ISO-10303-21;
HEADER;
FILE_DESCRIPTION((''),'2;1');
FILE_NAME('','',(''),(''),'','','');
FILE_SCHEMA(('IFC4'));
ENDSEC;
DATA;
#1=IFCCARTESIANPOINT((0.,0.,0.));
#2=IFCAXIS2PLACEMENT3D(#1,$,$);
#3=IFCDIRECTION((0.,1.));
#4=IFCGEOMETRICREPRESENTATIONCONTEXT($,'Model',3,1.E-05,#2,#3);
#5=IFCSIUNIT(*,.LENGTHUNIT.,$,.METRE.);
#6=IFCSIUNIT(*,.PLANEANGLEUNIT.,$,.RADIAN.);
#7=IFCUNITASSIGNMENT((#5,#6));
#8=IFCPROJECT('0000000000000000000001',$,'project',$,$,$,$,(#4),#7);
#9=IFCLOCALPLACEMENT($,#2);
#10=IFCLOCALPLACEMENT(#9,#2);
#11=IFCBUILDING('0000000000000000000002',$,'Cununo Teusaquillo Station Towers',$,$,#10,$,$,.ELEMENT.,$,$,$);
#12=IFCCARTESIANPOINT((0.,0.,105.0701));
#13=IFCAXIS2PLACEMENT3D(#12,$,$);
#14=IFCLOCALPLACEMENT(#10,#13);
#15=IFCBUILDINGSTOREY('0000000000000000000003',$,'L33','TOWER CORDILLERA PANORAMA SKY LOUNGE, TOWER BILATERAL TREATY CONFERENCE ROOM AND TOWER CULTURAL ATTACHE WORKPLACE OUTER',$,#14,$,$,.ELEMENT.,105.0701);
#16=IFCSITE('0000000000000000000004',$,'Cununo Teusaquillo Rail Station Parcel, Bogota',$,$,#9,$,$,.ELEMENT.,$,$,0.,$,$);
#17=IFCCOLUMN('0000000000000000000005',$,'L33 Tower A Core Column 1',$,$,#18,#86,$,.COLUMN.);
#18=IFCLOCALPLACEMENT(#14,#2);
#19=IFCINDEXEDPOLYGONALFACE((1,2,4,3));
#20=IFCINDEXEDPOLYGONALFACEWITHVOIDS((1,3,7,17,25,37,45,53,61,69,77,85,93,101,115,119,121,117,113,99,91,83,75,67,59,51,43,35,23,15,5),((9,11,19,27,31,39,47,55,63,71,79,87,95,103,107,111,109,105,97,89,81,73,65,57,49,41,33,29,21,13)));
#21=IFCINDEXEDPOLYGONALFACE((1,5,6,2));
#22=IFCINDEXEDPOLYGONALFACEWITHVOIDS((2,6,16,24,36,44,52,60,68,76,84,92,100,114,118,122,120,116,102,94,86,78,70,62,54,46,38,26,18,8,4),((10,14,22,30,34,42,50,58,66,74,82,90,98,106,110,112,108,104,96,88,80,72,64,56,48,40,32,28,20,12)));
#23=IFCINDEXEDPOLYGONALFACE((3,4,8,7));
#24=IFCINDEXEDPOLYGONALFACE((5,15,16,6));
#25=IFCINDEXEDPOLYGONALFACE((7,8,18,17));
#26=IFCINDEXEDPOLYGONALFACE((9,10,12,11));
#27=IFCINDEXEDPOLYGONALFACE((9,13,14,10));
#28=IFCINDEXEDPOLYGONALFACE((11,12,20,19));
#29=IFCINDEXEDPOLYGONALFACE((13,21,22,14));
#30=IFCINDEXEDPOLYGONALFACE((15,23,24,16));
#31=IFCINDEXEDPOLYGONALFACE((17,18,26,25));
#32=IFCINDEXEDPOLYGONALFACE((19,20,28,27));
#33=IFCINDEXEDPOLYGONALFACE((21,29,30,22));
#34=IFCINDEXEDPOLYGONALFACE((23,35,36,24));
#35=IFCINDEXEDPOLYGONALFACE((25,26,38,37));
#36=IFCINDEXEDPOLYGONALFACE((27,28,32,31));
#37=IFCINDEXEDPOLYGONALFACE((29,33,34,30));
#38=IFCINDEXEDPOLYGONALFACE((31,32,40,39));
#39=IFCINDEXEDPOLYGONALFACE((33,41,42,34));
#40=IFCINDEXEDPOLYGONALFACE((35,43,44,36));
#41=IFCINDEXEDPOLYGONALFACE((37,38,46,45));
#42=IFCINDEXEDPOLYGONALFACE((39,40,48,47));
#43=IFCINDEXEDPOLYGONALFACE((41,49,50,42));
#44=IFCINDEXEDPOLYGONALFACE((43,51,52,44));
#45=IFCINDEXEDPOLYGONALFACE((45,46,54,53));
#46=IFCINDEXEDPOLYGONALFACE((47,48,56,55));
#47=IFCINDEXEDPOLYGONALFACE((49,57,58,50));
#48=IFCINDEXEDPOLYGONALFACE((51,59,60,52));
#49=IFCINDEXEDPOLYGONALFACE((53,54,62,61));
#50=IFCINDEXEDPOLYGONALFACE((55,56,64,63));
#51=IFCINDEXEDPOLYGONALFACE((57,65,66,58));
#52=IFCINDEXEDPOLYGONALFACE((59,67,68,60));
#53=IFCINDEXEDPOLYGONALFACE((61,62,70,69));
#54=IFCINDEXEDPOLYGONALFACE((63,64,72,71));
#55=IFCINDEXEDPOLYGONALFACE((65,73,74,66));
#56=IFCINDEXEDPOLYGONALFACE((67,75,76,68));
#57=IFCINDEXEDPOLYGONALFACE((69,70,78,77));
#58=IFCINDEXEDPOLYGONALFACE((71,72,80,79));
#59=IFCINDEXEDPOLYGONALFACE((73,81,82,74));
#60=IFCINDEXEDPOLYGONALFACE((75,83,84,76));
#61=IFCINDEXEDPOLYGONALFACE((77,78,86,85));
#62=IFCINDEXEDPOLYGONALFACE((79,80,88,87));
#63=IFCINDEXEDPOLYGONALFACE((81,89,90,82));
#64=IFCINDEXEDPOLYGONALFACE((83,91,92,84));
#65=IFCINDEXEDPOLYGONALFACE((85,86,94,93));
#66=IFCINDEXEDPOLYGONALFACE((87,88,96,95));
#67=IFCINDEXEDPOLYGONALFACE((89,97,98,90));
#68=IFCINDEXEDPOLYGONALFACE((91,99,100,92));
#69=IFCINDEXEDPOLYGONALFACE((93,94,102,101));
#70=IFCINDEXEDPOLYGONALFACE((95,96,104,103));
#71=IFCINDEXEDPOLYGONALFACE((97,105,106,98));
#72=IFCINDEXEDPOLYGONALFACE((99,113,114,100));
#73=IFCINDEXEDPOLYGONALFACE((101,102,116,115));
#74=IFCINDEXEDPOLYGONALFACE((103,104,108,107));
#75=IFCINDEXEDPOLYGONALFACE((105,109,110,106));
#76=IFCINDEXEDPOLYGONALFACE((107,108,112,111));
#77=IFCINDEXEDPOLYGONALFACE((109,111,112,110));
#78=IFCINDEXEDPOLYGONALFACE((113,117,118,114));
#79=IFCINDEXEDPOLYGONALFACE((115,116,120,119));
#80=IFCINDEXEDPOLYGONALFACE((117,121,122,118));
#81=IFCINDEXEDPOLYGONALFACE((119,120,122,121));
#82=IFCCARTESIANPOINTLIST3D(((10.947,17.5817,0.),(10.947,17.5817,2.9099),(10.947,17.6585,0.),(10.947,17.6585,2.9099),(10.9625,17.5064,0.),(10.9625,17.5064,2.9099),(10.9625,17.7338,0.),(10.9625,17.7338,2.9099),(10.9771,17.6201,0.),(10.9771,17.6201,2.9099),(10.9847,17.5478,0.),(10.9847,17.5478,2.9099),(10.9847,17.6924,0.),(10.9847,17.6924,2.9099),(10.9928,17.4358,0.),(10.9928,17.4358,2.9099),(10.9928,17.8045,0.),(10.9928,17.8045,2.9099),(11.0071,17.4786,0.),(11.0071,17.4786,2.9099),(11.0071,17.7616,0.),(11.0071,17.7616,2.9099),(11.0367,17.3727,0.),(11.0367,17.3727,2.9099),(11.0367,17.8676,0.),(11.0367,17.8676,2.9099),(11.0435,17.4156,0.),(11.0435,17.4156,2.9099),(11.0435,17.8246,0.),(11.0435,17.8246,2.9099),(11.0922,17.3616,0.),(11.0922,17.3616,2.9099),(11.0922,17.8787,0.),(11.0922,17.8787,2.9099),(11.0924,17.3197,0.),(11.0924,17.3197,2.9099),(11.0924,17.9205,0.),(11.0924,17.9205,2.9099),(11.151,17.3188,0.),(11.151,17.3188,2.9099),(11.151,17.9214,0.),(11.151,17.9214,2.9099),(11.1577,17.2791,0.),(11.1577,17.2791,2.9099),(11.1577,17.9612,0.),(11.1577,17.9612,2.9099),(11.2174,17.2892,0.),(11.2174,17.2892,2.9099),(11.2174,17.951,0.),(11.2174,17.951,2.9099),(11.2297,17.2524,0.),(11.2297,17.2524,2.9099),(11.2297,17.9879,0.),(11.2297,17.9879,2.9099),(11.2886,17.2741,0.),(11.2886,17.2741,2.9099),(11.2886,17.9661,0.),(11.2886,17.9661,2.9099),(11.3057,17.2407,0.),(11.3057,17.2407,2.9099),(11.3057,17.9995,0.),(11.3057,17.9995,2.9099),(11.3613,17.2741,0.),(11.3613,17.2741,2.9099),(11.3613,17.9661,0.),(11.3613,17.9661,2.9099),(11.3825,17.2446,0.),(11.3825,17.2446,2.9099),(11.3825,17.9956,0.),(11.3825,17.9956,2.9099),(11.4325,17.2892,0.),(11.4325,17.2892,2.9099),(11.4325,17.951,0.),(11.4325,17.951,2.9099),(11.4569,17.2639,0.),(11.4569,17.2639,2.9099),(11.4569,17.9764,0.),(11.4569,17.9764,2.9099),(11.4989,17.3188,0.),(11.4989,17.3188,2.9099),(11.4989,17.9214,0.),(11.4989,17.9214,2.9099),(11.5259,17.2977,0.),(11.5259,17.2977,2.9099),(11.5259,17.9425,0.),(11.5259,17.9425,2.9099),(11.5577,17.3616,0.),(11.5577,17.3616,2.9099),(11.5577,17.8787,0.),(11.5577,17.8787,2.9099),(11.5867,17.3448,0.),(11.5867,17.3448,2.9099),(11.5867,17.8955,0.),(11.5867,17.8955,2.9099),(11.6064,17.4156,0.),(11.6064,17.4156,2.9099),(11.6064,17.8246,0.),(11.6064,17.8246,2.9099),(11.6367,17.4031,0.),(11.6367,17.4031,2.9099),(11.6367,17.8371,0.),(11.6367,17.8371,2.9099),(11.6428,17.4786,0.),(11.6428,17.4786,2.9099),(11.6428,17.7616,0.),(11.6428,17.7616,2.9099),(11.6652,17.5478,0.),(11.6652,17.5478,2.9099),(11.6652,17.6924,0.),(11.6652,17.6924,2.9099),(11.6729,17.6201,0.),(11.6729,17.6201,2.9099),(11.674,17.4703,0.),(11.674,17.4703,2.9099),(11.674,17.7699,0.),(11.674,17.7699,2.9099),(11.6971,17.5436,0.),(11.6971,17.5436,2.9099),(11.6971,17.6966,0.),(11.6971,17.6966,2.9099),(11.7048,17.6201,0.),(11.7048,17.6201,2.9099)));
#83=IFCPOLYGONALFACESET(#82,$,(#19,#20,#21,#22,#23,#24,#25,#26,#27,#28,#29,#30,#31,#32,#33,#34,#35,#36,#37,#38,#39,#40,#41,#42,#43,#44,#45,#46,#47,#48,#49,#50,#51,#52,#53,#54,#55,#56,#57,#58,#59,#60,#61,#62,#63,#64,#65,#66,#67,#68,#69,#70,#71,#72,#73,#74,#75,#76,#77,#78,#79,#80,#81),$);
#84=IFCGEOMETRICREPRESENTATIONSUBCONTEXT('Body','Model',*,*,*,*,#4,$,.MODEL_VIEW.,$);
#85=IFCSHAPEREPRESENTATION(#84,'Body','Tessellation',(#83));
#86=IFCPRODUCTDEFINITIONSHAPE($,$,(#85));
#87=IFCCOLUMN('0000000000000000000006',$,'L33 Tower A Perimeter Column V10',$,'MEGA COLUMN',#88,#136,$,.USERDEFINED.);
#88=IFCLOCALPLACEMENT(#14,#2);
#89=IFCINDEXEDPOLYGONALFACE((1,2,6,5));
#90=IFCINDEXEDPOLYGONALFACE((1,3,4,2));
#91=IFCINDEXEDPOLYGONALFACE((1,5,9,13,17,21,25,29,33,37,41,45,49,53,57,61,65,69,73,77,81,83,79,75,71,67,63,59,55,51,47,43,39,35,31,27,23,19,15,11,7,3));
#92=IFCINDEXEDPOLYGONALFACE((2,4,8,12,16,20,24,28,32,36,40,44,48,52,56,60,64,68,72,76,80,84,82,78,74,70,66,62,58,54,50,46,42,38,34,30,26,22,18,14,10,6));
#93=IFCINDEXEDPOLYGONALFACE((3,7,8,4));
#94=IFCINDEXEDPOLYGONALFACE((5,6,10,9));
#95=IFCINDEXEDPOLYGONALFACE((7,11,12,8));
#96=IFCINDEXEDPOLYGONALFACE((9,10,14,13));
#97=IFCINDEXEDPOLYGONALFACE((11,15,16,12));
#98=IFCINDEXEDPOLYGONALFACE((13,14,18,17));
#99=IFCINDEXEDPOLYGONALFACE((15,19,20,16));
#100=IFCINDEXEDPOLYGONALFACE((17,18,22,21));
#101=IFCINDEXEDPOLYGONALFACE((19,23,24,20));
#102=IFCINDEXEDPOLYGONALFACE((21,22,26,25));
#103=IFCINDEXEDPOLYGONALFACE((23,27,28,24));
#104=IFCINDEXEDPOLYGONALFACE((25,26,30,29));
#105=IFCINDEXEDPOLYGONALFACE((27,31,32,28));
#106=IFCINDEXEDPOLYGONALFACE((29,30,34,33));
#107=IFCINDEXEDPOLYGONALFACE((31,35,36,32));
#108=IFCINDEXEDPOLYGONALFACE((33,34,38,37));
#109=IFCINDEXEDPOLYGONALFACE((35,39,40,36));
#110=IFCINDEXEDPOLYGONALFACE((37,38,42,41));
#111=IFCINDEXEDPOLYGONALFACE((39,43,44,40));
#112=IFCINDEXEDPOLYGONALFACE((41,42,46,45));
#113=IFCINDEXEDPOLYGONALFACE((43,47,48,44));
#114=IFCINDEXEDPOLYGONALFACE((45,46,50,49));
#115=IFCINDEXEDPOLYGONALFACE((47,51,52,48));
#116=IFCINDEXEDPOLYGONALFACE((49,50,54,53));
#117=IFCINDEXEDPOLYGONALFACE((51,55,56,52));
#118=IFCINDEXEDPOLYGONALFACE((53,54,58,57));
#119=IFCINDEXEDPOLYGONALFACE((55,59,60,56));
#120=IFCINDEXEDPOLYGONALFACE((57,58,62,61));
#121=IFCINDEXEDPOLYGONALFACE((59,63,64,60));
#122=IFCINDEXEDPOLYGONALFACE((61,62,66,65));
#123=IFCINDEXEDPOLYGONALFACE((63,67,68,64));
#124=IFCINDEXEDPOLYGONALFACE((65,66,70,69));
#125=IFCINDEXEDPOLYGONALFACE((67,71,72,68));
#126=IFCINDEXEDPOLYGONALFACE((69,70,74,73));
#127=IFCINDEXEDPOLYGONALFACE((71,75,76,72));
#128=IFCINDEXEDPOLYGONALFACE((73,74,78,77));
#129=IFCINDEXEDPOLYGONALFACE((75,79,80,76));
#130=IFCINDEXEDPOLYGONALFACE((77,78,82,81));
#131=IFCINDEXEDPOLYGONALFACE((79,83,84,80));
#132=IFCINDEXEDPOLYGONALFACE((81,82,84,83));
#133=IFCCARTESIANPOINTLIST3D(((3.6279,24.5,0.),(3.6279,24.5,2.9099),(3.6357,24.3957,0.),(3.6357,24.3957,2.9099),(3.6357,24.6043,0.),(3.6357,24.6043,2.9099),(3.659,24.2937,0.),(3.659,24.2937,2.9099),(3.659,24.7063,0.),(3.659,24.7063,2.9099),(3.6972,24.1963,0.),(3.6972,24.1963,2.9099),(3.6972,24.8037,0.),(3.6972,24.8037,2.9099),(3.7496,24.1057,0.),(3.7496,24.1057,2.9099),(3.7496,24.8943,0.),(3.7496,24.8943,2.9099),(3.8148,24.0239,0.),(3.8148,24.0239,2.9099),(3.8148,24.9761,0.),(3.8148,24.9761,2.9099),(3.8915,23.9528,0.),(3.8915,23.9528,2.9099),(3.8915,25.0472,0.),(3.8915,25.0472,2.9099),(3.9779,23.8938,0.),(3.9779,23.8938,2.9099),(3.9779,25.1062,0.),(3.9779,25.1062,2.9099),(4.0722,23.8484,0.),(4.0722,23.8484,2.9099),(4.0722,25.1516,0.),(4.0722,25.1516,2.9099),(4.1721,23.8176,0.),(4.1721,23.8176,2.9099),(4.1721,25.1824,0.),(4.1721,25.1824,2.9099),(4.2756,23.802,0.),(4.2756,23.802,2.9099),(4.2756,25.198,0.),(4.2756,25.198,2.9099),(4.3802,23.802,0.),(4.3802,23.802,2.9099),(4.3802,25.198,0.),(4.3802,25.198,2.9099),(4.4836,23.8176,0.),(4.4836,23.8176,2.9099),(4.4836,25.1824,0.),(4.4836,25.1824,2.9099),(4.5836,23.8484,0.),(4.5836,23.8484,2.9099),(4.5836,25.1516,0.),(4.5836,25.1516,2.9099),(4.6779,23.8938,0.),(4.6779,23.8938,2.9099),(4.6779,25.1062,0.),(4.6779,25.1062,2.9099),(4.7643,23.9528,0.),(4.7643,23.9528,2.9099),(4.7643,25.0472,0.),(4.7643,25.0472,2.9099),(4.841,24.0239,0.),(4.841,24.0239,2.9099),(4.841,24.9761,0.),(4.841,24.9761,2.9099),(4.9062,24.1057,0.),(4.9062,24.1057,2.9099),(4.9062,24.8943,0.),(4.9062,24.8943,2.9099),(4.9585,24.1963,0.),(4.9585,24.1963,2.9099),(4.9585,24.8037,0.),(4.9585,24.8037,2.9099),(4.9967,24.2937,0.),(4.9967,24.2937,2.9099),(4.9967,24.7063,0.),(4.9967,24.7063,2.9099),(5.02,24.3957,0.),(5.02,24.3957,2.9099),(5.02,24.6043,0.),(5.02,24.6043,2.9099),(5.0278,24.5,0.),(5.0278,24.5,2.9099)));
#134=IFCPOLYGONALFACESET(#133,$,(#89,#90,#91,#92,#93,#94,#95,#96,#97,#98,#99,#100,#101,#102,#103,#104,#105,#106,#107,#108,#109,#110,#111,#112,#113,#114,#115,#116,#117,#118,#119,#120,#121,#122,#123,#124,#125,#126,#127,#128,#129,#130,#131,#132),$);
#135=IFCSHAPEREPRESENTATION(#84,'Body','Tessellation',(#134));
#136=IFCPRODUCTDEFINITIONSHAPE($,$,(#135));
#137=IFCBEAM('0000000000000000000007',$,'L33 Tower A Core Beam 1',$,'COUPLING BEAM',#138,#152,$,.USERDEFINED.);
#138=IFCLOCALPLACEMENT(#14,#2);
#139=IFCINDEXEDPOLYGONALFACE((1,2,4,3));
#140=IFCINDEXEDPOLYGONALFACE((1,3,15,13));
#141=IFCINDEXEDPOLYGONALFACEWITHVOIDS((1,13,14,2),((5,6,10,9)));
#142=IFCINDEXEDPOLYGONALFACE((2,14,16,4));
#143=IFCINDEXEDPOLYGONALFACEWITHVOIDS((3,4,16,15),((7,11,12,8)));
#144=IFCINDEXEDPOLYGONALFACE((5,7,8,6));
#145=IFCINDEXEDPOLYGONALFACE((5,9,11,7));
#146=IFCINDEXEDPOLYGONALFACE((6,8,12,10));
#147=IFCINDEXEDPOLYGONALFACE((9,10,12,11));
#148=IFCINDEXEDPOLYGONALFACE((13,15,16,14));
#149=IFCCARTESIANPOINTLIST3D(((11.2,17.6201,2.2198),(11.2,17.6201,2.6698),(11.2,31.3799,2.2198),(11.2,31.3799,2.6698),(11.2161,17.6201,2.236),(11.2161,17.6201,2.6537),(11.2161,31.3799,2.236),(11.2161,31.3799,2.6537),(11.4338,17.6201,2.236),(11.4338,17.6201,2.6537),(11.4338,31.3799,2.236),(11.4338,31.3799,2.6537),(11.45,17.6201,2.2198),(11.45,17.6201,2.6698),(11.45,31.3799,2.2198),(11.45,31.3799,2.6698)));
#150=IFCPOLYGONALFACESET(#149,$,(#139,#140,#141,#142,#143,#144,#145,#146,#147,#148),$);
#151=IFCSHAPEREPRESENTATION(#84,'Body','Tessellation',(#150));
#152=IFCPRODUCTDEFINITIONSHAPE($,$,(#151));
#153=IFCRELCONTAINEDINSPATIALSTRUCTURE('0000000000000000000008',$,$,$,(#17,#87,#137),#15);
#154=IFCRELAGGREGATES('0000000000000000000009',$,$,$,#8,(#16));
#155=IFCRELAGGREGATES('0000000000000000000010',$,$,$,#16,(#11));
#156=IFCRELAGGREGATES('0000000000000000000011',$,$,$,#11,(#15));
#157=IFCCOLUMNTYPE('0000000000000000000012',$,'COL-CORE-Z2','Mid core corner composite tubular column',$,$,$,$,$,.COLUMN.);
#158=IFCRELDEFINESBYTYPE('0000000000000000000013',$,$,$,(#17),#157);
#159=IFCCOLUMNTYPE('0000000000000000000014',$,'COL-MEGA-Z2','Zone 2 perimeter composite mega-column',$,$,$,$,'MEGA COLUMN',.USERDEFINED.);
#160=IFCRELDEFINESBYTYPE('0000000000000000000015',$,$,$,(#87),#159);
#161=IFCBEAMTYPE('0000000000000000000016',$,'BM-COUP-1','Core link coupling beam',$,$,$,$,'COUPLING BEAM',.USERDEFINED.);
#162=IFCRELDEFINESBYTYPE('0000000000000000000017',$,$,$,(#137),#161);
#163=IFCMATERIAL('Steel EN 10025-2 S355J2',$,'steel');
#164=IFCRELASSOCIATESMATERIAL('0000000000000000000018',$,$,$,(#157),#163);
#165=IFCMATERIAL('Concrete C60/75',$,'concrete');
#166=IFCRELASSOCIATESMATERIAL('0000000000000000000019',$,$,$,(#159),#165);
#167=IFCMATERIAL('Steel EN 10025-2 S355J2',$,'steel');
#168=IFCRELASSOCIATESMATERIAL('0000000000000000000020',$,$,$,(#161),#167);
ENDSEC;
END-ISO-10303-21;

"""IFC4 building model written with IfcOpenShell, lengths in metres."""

from ifc_helpers import new_model, si_unit, direction, frame, origin, origin_2d, place, context, subcontext, project, spatial, hollow_rectangle, circle, hollow_circle, extrude, material, material_profile, profile_set, type_object, element, save


model = new_model("IFC4")

# Units and contexts
model_context = context("Model", 3, precision=1e-05, world=origin(), true_north=direction((0.0, 1.0)))
body_context = subcontext(model_context, "Body", "Model", "MODEL_VIEW")
ifc_project = project(units=[si_unit("LENGTHUNIT", "METRE"), si_unit("PLANEANGLEUNIT", "RADIAN")], contexts=[model_context])

# Site, building, storey
site_placement = place(None, origin())
site = spatial("IfcSite", under=ifc_project, at=site_placement, Name="Cununo Teusaquillo Rail Station Parcel, Bogota", CompositionType="ELEMENT", RefElevation=0.0)
building_placement = place(site_placement, origin())
building = spatial("IfcBuilding", under=site, at=building_placement, Name="Cununo Teusaquillo Station Towers", CompositionType="ELEMENT")
storey_placement = place(building_placement, frame((0.0, 0.0, 105.0701)))
storey = spatial("IfcBuildingStorey", under=building, at=storey_placement, Name="L33", Description="TOWER CORDILLERA PANORAMA SKY LOUNGE, TOWER BILATERAL TREATY CONFERENCE ROOM AND TOWER CULTURAL ATTACHE WORKPLACE OUTER", CompositionType="ELEMENT", Elevation=105.0701)

# Columns
ifc_material_1 = material(Name="Steel EN 10025-2 S355J2", Category="steel")
ifc_material_profile_1 = material_profile(ifc_material_1, hollow_circle(Radius=0.3799, WallThickness=0.032, at=origin_2d()), Name="CHS 760x32")
ifc_profile_set_1 = profile_set([ifc_material_profile_1], Name="Steel EN 10025-2 S355J2")
column_type_1 = type_object("IfcColumnType", Name="COL-CORE-Z2", Description="Mid core corner composite tubular column", PredefinedType="COLUMN", material=ifc_profile_set_1)
column_1_placement = place(storey_placement, frame((11.325, 17.6201, 0.0), z_axis=(0.0, 0.0, 1.0), x_axis=(1.0, 0.0, 0.0)))
element("IfcColumn", 1, at=column_1_placement, inside=storey, type_object=column_type_1, Name="L33 Tower A Core Column 1", PredefinedType="COLUMN", context=body_context, shape_type="SweptSolid", body=[
    extrude(hollow_circle(Radius=0.3799, WallThickness=0.032, at=origin_2d()), origin(), (0.0, 0.0, 1.0), 2.9099),
])
ifc_material_2 = material(Name="Concrete C60/75", Category="concrete")
ifc_material_profile_2 = material_profile(ifc_material_2, circle(Radius=0.7, at=origin_2d()), Name="RC-CIRC-1400")
ifc_profile_set_2 = profile_set([ifc_material_profile_2], Name="Concrete C60/75")
column_type_2 = type_object("IfcColumnType", Name="COL-MEGA-Z2", Description="Zone 2 perimeter composite mega-column", ElementType="MEGA COLUMN", PredefinedType="USERDEFINED", material=ifc_profile_set_2)
column_2_placement = place(storey_placement, frame((4.3279, 24.5, 0.0), z_axis=(0.0, 0.0, 1.0), x_axis=(1.0, 0.0, 0.0)))
element("IfcColumn", 2, at=column_2_placement, inside=storey, type_object=column_type_2, Name="L33 Tower A Perimeter Column V10", ObjectType="MEGA COLUMN", PredefinedType="USERDEFINED", context=body_context, shape_type="SweptSolid", body=[
    extrude(circle(Radius=0.7, at=origin_2d()), origin(), (0.0, 0.0, 1.0), 2.9099),
])

# Beam
ifc_material_3 = material(Name="Steel EN 10025-2 S355J2", Category="steel")
ifc_material_profile_3 = material_profile(ifc_material_3, hollow_rectangle(XDim=0.25, YDim=0.45, WallThickness=0.0161, at=origin_2d()), Name="RHS 450x250x16")
ifc_profile_set_3 = profile_set([ifc_material_profile_3], Name="Steel EN 10025-2 S355J2")
beam_type_1 = type_object("IfcBeamType", Name="BM-COUP-1", Description="Core link coupling beam", ElementType="COUPLING BEAM", PredefinedType="USERDEFINED", material=ifc_profile_set_3)
beam_1_placement = place(storey_placement, frame((11.325, 17.6201, 2.4448), z_axis=(0.0, 1.0, 0.0), x_axis=(-1.0, 0.0, 0.0)))
element("IfcBeam", 3, at=beam_1_placement, inside=storey, type_object=beam_type_1, Name="L33 Tower A Core Beam 1", ObjectType="COUPLING BEAM", PredefinedType="USERDEFINED", context=body_context, shape_type="SweptSolid", body=[
    extrude(hollow_rectangle(XDim=0.25, YDim=0.45, WallThickness=0.0161, at=origin_2d()), origin(), (0.0, 0.0, 1.0), 13.7598),
])

save(model, "model.ifc")
